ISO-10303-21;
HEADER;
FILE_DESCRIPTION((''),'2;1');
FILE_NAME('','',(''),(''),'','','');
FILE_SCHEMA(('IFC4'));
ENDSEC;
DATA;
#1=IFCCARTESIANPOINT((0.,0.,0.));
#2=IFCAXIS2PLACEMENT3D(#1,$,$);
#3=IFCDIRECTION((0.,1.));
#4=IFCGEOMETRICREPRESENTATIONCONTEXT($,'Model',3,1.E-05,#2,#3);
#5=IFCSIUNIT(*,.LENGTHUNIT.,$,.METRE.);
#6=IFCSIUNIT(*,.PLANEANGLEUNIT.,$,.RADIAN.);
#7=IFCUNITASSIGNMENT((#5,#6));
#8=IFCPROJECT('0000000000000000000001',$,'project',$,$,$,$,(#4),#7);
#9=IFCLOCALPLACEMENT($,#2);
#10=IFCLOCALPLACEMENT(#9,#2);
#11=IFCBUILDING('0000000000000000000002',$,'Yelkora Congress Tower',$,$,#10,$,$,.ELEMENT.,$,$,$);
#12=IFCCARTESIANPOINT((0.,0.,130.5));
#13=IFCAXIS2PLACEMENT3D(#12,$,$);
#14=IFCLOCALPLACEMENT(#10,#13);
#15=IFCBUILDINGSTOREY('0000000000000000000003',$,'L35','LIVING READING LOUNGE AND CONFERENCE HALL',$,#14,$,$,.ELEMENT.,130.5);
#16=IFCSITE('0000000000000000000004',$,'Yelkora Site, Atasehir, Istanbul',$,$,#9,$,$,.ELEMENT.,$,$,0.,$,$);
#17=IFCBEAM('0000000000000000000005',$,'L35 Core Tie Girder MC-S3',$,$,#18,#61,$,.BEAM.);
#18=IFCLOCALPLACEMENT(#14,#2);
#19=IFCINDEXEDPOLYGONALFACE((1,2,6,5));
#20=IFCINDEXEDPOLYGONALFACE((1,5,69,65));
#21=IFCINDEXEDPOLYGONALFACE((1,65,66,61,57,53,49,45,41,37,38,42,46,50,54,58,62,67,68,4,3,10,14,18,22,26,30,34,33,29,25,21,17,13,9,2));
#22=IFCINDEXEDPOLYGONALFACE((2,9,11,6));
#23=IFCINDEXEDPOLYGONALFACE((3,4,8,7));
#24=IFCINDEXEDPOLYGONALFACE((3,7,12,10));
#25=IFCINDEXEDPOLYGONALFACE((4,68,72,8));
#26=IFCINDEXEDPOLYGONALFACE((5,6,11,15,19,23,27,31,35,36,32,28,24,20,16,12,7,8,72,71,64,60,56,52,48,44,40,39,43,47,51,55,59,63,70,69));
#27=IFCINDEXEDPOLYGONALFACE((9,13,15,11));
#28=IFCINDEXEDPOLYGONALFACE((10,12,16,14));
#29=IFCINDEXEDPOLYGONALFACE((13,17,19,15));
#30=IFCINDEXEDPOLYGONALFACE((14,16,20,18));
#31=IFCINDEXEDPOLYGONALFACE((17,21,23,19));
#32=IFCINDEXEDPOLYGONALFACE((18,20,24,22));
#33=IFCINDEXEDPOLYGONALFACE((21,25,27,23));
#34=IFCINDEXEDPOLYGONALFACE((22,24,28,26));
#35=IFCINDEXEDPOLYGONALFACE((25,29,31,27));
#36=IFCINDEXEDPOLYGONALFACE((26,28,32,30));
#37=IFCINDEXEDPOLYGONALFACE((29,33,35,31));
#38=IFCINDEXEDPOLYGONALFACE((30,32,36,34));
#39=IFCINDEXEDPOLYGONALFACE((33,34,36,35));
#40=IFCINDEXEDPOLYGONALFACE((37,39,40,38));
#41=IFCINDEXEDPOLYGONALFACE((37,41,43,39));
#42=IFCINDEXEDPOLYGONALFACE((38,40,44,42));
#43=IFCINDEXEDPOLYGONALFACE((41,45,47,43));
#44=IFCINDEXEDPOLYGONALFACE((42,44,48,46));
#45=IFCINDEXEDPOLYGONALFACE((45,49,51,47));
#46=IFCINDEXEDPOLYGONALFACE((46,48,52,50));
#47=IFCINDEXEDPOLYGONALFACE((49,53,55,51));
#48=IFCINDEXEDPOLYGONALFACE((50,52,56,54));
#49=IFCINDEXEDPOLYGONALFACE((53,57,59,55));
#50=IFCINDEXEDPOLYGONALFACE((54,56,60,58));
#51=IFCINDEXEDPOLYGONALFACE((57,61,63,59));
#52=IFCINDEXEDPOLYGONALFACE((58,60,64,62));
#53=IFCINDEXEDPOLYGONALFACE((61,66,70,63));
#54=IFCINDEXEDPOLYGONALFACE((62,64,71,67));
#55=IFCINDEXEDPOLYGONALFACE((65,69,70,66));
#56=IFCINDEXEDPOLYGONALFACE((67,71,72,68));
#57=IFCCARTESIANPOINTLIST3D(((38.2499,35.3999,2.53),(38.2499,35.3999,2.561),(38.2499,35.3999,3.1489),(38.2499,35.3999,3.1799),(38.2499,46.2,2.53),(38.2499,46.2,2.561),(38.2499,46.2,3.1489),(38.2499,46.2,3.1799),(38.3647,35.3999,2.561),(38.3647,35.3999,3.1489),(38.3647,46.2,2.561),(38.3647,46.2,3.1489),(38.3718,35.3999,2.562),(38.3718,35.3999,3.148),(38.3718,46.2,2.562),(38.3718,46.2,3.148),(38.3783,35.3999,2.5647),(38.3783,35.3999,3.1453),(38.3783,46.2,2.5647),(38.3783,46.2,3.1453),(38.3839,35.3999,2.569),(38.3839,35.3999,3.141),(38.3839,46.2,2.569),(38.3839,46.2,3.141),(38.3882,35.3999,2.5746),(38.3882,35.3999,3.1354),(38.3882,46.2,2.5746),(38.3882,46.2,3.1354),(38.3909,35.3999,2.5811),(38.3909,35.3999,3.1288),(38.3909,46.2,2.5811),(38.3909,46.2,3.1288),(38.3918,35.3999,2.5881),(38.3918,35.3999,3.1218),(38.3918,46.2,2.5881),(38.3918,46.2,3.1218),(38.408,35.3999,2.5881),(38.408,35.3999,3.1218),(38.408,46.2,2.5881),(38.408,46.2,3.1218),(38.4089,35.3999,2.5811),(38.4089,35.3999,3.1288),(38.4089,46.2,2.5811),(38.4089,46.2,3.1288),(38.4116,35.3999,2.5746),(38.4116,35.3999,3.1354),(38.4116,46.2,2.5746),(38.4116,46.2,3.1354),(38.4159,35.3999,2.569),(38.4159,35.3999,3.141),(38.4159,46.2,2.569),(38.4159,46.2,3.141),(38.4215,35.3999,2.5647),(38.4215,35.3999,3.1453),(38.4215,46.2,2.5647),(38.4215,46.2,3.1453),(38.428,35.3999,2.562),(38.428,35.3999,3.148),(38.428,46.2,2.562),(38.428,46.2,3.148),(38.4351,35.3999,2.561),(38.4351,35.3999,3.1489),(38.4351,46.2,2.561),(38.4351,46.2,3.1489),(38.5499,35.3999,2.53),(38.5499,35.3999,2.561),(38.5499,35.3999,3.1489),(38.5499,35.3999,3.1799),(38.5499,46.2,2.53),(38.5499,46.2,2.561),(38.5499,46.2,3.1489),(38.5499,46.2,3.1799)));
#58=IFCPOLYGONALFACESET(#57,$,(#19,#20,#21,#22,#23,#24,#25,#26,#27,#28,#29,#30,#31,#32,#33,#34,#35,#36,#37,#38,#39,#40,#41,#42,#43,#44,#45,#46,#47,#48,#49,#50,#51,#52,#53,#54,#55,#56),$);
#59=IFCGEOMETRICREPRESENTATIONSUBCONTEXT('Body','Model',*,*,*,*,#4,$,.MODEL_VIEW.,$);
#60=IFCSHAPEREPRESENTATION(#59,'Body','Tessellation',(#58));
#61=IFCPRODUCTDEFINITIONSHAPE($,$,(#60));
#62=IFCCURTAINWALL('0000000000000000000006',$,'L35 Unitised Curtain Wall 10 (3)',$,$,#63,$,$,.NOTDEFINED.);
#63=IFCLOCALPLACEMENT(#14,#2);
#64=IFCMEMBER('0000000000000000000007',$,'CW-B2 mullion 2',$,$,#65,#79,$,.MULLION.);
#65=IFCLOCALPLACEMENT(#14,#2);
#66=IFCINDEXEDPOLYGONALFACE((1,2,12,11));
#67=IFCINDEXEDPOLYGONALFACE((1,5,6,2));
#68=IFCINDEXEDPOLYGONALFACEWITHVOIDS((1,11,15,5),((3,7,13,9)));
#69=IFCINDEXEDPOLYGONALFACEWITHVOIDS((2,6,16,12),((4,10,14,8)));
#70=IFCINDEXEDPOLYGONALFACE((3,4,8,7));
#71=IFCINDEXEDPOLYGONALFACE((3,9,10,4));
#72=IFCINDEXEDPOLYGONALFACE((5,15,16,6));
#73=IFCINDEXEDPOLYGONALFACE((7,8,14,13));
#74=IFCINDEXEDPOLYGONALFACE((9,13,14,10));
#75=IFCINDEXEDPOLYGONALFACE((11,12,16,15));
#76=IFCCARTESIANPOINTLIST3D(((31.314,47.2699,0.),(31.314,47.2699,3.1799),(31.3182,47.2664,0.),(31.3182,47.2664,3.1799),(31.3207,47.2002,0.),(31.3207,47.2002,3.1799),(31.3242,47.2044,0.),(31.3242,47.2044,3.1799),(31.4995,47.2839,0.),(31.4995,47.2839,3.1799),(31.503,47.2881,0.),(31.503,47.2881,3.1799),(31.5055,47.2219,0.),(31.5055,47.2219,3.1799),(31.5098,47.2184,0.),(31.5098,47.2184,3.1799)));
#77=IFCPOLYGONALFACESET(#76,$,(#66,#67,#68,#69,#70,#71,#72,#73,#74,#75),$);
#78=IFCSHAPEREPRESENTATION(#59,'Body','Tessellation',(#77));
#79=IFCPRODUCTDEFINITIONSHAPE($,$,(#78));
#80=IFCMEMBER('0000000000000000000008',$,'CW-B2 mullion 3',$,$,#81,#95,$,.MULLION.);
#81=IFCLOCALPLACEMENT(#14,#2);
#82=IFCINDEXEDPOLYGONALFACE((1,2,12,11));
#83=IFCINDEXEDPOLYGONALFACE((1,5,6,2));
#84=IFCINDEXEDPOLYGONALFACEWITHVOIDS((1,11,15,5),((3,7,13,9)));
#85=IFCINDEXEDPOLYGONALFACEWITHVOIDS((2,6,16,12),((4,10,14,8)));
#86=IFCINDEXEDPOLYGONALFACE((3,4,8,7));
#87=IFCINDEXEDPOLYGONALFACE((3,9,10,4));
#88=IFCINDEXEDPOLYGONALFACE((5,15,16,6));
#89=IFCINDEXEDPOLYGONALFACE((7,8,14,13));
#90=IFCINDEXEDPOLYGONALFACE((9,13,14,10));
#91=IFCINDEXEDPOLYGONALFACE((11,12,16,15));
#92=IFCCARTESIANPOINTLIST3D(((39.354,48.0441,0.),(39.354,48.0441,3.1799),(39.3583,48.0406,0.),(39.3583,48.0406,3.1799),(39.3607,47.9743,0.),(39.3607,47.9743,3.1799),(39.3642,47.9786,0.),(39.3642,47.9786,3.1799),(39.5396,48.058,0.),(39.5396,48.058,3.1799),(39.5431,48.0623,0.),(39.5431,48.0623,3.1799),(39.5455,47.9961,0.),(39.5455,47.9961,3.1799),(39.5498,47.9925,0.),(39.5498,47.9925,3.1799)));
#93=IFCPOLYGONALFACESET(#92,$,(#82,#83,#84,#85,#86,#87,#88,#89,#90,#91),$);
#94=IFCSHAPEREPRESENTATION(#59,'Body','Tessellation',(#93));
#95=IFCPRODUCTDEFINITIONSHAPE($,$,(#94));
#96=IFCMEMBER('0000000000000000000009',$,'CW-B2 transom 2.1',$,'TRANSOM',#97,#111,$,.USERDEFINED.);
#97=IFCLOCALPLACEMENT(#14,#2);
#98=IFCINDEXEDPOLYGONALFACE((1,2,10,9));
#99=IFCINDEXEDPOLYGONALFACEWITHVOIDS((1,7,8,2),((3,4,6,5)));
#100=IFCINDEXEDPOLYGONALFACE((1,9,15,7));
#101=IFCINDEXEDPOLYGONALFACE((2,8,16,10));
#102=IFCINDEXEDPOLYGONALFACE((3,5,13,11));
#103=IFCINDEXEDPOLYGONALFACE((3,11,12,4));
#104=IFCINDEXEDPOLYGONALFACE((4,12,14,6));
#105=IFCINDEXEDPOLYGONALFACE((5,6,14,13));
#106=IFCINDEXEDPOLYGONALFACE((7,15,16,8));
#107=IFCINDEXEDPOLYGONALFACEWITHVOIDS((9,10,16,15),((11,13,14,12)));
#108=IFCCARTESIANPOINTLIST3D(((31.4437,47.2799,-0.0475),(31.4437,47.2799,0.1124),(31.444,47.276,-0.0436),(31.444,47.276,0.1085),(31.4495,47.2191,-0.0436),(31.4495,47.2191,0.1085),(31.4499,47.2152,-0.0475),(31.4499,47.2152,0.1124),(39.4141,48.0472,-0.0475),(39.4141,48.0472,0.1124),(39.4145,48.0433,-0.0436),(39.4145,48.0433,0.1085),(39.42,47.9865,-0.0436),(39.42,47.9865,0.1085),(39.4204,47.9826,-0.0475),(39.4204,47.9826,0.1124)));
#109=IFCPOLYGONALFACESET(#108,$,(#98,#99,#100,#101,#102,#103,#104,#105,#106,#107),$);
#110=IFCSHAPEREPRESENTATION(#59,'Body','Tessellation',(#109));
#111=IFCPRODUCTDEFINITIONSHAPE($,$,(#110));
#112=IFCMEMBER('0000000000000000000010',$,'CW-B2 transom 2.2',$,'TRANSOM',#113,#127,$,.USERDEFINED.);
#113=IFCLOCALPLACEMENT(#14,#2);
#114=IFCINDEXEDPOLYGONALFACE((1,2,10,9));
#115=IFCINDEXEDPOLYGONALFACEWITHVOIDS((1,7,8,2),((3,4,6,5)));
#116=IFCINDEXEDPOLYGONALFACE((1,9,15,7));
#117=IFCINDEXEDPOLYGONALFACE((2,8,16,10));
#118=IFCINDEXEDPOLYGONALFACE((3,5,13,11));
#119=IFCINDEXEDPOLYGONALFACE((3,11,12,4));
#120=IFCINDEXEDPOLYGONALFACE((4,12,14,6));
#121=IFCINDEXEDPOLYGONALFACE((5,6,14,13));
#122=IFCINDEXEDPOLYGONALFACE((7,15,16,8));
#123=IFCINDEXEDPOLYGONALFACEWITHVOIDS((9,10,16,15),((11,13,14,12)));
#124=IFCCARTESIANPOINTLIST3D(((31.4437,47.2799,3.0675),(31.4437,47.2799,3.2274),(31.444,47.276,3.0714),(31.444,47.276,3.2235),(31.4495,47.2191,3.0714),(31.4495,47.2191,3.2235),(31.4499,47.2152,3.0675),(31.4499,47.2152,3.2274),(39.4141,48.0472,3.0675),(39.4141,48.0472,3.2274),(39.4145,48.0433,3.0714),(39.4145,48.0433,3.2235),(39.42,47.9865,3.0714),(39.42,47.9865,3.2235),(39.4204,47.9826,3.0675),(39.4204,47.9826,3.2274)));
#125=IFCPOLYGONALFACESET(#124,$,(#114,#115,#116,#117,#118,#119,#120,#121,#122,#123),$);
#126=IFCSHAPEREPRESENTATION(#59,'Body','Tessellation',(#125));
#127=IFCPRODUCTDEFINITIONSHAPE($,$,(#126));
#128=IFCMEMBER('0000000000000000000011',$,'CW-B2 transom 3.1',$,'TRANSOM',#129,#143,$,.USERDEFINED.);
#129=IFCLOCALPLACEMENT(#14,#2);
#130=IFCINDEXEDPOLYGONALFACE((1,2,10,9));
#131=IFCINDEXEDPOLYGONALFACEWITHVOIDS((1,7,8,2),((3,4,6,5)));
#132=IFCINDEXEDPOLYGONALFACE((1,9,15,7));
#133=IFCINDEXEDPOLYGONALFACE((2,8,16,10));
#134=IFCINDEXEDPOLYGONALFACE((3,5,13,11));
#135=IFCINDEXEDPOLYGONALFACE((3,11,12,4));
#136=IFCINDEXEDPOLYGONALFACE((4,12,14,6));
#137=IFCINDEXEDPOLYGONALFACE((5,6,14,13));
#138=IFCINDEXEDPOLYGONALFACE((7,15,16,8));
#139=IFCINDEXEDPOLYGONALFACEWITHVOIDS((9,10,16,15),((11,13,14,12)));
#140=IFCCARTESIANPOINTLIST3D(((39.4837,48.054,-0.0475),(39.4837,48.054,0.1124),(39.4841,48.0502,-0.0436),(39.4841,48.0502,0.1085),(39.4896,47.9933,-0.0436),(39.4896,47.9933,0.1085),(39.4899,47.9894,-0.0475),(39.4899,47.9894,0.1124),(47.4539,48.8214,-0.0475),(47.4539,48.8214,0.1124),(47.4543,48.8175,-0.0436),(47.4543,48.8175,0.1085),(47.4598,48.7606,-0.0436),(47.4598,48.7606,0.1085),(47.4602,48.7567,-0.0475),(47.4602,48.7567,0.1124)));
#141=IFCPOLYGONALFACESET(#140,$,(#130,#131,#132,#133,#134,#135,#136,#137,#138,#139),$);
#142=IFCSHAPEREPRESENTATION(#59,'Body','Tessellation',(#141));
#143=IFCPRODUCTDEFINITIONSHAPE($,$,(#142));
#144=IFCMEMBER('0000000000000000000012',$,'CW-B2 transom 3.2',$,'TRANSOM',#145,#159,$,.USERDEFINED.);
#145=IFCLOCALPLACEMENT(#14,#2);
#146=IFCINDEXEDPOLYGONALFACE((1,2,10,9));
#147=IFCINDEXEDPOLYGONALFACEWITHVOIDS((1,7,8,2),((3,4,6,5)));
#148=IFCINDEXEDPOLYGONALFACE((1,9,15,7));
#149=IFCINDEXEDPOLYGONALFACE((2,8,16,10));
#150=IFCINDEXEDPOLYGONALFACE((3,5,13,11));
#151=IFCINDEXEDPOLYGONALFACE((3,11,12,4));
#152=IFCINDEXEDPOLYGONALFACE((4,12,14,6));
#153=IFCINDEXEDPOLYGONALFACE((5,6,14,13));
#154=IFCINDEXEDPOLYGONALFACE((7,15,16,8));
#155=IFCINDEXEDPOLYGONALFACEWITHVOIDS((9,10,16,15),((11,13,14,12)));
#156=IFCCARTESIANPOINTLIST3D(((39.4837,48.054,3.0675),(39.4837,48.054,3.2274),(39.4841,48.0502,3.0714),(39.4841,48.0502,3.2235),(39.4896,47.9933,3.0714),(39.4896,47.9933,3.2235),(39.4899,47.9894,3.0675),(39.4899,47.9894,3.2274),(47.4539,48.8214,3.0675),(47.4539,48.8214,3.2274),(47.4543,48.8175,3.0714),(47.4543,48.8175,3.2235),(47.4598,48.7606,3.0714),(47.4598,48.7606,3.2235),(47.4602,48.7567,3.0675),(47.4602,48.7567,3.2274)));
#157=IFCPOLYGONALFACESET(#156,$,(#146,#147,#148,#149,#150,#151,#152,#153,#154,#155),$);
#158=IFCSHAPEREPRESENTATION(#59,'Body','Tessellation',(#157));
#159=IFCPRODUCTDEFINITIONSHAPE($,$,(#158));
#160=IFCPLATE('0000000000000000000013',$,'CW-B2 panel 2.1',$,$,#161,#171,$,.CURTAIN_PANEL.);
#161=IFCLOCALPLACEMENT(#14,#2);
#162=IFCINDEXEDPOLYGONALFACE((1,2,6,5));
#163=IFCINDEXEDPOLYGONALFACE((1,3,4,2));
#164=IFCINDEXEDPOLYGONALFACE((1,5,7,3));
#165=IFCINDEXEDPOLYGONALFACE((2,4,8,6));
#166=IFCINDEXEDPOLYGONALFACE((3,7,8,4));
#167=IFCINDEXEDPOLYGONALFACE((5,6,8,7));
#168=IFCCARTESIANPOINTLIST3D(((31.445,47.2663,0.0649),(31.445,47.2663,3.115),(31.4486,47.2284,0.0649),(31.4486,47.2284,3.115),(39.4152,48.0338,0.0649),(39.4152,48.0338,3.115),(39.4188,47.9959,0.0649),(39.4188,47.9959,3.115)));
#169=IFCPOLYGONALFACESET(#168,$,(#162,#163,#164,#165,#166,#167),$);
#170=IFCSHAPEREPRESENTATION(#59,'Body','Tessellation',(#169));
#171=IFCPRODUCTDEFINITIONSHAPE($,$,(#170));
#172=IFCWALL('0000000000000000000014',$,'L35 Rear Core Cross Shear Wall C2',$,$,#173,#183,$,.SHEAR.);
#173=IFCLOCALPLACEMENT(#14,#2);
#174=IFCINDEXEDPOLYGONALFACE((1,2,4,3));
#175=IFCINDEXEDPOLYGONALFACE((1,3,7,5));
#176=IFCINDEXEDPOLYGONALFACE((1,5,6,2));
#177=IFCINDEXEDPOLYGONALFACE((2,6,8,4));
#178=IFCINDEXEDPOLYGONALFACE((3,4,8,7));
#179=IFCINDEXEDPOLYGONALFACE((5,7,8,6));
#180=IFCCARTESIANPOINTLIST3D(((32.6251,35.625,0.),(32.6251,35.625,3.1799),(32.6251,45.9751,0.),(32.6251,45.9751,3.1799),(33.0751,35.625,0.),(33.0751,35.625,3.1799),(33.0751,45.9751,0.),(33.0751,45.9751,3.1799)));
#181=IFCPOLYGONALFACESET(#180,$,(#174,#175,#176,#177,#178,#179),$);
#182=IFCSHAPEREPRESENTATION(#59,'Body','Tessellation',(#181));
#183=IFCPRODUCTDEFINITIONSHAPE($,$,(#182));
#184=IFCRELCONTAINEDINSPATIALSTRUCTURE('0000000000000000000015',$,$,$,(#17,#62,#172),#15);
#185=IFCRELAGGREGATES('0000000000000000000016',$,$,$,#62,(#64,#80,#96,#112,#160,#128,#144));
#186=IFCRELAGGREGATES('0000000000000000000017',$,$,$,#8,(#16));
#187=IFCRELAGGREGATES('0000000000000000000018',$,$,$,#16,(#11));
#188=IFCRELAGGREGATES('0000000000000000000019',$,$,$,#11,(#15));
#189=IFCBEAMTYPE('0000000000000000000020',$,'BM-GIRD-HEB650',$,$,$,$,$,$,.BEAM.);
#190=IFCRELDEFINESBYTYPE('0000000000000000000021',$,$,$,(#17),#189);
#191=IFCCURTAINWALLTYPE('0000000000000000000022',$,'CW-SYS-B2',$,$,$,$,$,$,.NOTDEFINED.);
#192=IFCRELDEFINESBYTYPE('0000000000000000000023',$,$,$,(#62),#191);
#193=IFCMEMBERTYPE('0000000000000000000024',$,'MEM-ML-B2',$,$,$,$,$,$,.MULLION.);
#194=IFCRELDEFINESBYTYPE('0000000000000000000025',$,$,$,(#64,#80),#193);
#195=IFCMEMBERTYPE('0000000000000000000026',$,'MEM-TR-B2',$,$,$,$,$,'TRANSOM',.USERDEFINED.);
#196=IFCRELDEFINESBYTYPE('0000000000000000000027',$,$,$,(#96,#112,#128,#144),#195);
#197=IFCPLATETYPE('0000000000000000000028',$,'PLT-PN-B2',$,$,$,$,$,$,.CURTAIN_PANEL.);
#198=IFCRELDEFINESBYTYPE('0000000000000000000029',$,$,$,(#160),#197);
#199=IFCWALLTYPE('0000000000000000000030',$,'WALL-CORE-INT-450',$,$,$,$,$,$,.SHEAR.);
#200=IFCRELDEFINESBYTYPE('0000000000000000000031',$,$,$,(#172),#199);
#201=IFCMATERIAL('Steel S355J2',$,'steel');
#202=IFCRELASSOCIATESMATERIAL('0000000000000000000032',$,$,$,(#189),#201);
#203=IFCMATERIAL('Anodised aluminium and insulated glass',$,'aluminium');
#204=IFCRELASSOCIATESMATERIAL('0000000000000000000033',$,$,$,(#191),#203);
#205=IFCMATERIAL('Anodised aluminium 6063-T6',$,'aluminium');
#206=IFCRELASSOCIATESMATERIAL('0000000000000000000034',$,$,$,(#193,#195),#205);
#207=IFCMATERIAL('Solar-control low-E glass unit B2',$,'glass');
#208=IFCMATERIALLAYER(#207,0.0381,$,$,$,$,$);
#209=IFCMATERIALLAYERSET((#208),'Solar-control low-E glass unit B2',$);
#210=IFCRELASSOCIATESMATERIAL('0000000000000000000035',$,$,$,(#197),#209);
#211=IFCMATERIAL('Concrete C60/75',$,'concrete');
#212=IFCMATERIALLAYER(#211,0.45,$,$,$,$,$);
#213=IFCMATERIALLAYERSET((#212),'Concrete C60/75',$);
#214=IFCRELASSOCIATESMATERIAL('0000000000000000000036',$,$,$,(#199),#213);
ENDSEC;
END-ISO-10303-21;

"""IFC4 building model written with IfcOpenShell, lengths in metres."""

from ifc_helpers import new_model, si_unit, direction, frame, frame_2d, origin, origin_2d, place, context, subcontext, project, spatial, rectangle, hollow_rectangle, i_section, extrude, material, layer, layer_set, material_profile, profile_set, type_object, element, aggregate, save


model = new_model("IFC4")

# Units and contexts
model_context = context("Model", 3, precision=1e-05, world=origin(), true_north=direction((0.0, 1.0)))
body_context = subcontext(model_context, "Body", "Model", "MODEL_VIEW")
ifc_project = project(units=[si_unit("LENGTHUNIT", "METRE"), si_unit("PLANEANGLEUNIT", "RADIAN")], contexts=[model_context])

# Site, building, storey
site_placement = place(None, origin())
site = spatial("IfcSite", under=ifc_project, at=site_placement, Name="Yelkora Site, Atasehir, Istanbul", CompositionType="ELEMENT", RefElevation=0.0)
building_placement = place(site_placement, origin())
building = spatial("IfcBuilding", under=site, at=building_placement, Name="Yelkora Congress Tower", CompositionType="ELEMENT")
storey_placement = place(building_placement, frame((0.0, 0.0, 130.5)))
storey = spatial("IfcBuildingStorey", under=building, at=storey_placement, Name="L35", Description="LIVING READING LOUNGE AND CONFERENCE HALL", CompositionType="ELEMENT", Elevation=130.5)

# Beam
ifc_material_1 = material(Name="Steel S355J2", Category="steel")
ifc_material_profile_1 = material_profile(ifc_material_1, i_section(OverallWidth=0.3, OverallDepth=0.6499, WebThickness=0.0161, FlangeThickness=0.031, FilletRadius=0.0271, at=origin_2d()), Name="HEB 650")
ifc_profile_set_1 = profile_set([ifc_material_profile_1], Name="Steel S355J2")
beam_type = type_object("IfcBeamType", Name="BM-GIRD-HEB650", PredefinedType="BEAM", material=ifc_profile_set_1)
beam_placement = place(storey_placement, frame((38.3999, 35.3999, 2.855), z_axis=(0.0, 1.0, 0.0), x_axis=(-1.0, 0.0, 0.0)))
element("IfcBeam", 1, at=beam_placement, inside=storey, type_object=beam_type, Name="L35 Core Tie Girder MC-S3", PredefinedType="BEAM", context=body_context, shape_type="SweptSolid", body=[
    extrude(i_section(OverallWidth=0.3, OverallDepth=0.6499, WebThickness=0.0161, FlangeThickness=0.031, FilletRadius=0.0271, at=origin_2d()), origin(), (0.0, 0.0, 1.0), 10.8),
])

# Curtain wall, members, plate
ifc_material_2 = material(Name="Anodised aluminium and insulated glass", Category="aluminium")
curtain_wall_type = type_object("IfcCurtainWallType", Name="CW-SYS-B2", PredefinedType="NOTDEFINED", material=ifc_material_2)
curtain_wall_placement = place(storey_placement, origin())
curtain_wall = element("IfcCurtainWall", 2, at=curtain_wall_placement, inside=storey, type_object=curtain_wall_type, Name="L35 Unitised Curtain Wall 10 (3)", PredefinedType="NOTDEFINED")
ifc_material_3 = material(Name="Anodised aluminium 6063-T6", Category="aluminium")
ifc_material_profile_2 = material_profile(ifc_material_3, hollow_rectangle(XDim=0.0701, YDim=0.1899, WallThickness=0.0039, at=origin_2d()), Name="ALU 70x190x4")
ifc_profile_set_2 = profile_set([ifc_material_profile_2], Name="Anodised aluminium 6063-T6")
member_type_1 = type_object("IfcMemberType", Name="MEM-ML-B2", PredefinedType="MULLION", material=ifc_profile_set_2)
member_1_placement = place(storey_placement, frame((31.4119, 47.2441, 0.0), z_axis=(0.0, 0.0, 1.0), x_axis=(-0.095844, 0.995396, 0.0)))
member_1 = element("IfcMember", 3, at=member_1_placement, type_object=member_type_1, Name="CW-B2 mullion 2", PredefinedType="MULLION", context=body_context, shape_type="SweptSolid", body=[
    extrude(hollow_rectangle(XDim=0.0701, YDim=0.1899, WallThickness=0.0039, at=origin_2d()), origin(), (0.0, 0.0, 1.0), 3.1799),
])
member_2_placement = place(storey_placement, frame((39.4519, 48.0183, 0.0), z_axis=(0.0, 0.0, 1.0), x_axis=(-0.095844, 0.995396, 0.0)))
member_2 = element("IfcMember", 4, at=member_2_placement, type_object=member_type_1, Name="CW-B2 mullion 3", PredefinedType="MULLION", context=body_context, shape_type="SweptSolid", body=[
    extrude(hollow_rectangle(XDim=0.0701, YDim=0.1899, WallThickness=0.0039, at=origin_2d()), origin(), (0.0, 0.0, 1.0), 3.1799),
])
ifc_material_profile_3 = material_profile(ifc_material_3, hollow_rectangle(XDim=0.0649, YDim=0.1599, WallThickness=0.0039, at=origin_2d()), Name="ALU 65x160x4")
ifc_profile_set_3 = profile_set([ifc_material_profile_3], Name="Anodised aluminium 6063-T6")
member_type_2 = type_object("IfcMemberType", Name="MEM-TR-B2", ElementType="TRANSOM", PredefinedType="USERDEFINED", material=ifc_profile_set_3)
member_3_placement = place(storey_placement, frame((31.4468, 47.2476, 0.0325), z_axis=(0.995398, 0.095829, 0.0), x_axis=(-0.095829, 0.995398, 0.0)))
member_3 = element("IfcMember", 5, at=member_3_placement, type_object=member_type_2, Name="CW-B2 transom 2.1", ObjectType="TRANSOM", PredefinedType="USERDEFINED", context=body_context, shape_type="SweptSolid", body=[
    extrude(hollow_rectangle(XDim=0.0649, YDim=0.1599, WallThickness=0.0039, at=origin_2d()), origin(), (0.0, 0.0, 1.0), 8.0073),
])
member_4_placement = place(storey_placement, frame((31.4468, 47.2476, 3.1475), z_axis=(0.995398, 0.095829, 0.0), x_axis=(-0.095829, 0.995398, 0.0)))
member_4 = element("IfcMember", 6, at=member_4_placement, type_object=member_type_2, Name="CW-B2 transom 2.2", ObjectType="TRANSOM", PredefinedType="USERDEFINED", context=body_context, shape_type="SweptSolid", body=[
    extrude(hollow_rectangle(XDim=0.0649, YDim=0.1599, WallThickness=0.0039, at=origin_2d()), origin(), (0.0, 0.0, 1.0), 8.0073),
])
member_5_placement = place(storey_placement, frame((39.4868, 48.0217, 0.0325), z_axis=(0.995398, 0.095832, 0.0), x_axis=(-0.095832, 0.995398, 0.0)))
member_5 = element("IfcMember", 7, at=member_5_placement, type_object=member_type_2, Name="CW-B2 transom 3.1", ObjectType="TRANSOM", PredefinedType="USERDEFINED", context=body_context, shape_type="SweptSolid", body=[
    extrude(hollow_rectangle(XDim=0.0649, YDim=0.1599, WallThickness=0.0039, at=origin_2d()), origin(), (0.0, 0.0, 1.0), 8.0071),
])
member_6_placement = place(storey_placement, frame((39.4868, 48.0217, 3.1475), z_axis=(0.995398, 0.095832, 0.0), x_axis=(-0.095832, 0.995398, 0.0)))
member_6 = element("IfcMember", 8, at=member_6_placement, type_object=member_type_2, Name="CW-B2 transom 3.2", ObjectType="TRANSOM", PredefinedType="USERDEFINED", context=body_context, shape_type="SweptSolid", body=[
    extrude(hollow_rectangle(XDim=0.0649, YDim=0.1599, WallThickness=0.0039, at=origin_2d()), origin(), (0.0, 0.0, 1.0), 8.0071),
])
ifc_material_4 = material(Name="Solar-control low-E glass unit B2", Category="glass")
ifc_layer_1 = layer(ifc_material_4, 0.0381)
ifc_layer_set_1 = layer_set([ifc_layer_1], Name="Solar-control low-E glass unit B2")
plate_type = type_object("IfcPlateType", Name="PLT-PN-B2", PredefinedType="CURTAIN_PANEL", material=ifc_layer_set_1)
plate_placement = place(storey_placement, frame((35.4319, 47.6311, 0.0649), z_axis=(0.0, 0.0, 1.0), x_axis=(0.995396, 0.095844, 0.0)))
plate = element("IfcPlate", 9, at=plate_placement, type_object=plate_type, Name="CW-B2 panel 2.1", PredefinedType="CURTAIN_PANEL", context=body_context, shape_type="SweptSolid", body=[
    extrude(rectangle(XDim=8.0071, YDim=0.0381, at=origin_2d()), origin(), (0.0, 0.0, 1.0), 3.05),
])
aggregate(curtain_wall, [member_1, member_2, member_3, member_4, plate, member_5, member_6])

# Wall
ifc_material_5 = material(Name="Concrete C60/75", Category="concrete")
ifc_layer_2 = layer(ifc_material_5, 0.45)
ifc_layer_set_2 = layer_set([ifc_layer_2], Name="Concrete C60/75")
wall_type_1 = type_object("IfcWallType", Name="WALL-CORE-INT-450", PredefinedType="SHEAR", material=ifc_layer_set_2)
wall_1_placement = place(storey_placement, frame((32.8501, 35.625, 0.0), z_axis=(0.0, 0.0, 1.0), x_axis=(0.0, 1.0, 0.0)))
element("IfcWall", 10, at=wall_1_placement, inside=storey, type_object=wall_type_1, Name="L35 Rear Core Cross Shear Wall C2", PredefinedType="SHEAR", context=body_context, shape_type="SweptSolid", body=[
    extrude(rectangle(XDim=10.3501, YDim=0.45, at=frame_2d((5.175, 0.0))), origin(), (0.0, 0.0, 1.0), 3.1799),
])

save(model, "model.ifc")
